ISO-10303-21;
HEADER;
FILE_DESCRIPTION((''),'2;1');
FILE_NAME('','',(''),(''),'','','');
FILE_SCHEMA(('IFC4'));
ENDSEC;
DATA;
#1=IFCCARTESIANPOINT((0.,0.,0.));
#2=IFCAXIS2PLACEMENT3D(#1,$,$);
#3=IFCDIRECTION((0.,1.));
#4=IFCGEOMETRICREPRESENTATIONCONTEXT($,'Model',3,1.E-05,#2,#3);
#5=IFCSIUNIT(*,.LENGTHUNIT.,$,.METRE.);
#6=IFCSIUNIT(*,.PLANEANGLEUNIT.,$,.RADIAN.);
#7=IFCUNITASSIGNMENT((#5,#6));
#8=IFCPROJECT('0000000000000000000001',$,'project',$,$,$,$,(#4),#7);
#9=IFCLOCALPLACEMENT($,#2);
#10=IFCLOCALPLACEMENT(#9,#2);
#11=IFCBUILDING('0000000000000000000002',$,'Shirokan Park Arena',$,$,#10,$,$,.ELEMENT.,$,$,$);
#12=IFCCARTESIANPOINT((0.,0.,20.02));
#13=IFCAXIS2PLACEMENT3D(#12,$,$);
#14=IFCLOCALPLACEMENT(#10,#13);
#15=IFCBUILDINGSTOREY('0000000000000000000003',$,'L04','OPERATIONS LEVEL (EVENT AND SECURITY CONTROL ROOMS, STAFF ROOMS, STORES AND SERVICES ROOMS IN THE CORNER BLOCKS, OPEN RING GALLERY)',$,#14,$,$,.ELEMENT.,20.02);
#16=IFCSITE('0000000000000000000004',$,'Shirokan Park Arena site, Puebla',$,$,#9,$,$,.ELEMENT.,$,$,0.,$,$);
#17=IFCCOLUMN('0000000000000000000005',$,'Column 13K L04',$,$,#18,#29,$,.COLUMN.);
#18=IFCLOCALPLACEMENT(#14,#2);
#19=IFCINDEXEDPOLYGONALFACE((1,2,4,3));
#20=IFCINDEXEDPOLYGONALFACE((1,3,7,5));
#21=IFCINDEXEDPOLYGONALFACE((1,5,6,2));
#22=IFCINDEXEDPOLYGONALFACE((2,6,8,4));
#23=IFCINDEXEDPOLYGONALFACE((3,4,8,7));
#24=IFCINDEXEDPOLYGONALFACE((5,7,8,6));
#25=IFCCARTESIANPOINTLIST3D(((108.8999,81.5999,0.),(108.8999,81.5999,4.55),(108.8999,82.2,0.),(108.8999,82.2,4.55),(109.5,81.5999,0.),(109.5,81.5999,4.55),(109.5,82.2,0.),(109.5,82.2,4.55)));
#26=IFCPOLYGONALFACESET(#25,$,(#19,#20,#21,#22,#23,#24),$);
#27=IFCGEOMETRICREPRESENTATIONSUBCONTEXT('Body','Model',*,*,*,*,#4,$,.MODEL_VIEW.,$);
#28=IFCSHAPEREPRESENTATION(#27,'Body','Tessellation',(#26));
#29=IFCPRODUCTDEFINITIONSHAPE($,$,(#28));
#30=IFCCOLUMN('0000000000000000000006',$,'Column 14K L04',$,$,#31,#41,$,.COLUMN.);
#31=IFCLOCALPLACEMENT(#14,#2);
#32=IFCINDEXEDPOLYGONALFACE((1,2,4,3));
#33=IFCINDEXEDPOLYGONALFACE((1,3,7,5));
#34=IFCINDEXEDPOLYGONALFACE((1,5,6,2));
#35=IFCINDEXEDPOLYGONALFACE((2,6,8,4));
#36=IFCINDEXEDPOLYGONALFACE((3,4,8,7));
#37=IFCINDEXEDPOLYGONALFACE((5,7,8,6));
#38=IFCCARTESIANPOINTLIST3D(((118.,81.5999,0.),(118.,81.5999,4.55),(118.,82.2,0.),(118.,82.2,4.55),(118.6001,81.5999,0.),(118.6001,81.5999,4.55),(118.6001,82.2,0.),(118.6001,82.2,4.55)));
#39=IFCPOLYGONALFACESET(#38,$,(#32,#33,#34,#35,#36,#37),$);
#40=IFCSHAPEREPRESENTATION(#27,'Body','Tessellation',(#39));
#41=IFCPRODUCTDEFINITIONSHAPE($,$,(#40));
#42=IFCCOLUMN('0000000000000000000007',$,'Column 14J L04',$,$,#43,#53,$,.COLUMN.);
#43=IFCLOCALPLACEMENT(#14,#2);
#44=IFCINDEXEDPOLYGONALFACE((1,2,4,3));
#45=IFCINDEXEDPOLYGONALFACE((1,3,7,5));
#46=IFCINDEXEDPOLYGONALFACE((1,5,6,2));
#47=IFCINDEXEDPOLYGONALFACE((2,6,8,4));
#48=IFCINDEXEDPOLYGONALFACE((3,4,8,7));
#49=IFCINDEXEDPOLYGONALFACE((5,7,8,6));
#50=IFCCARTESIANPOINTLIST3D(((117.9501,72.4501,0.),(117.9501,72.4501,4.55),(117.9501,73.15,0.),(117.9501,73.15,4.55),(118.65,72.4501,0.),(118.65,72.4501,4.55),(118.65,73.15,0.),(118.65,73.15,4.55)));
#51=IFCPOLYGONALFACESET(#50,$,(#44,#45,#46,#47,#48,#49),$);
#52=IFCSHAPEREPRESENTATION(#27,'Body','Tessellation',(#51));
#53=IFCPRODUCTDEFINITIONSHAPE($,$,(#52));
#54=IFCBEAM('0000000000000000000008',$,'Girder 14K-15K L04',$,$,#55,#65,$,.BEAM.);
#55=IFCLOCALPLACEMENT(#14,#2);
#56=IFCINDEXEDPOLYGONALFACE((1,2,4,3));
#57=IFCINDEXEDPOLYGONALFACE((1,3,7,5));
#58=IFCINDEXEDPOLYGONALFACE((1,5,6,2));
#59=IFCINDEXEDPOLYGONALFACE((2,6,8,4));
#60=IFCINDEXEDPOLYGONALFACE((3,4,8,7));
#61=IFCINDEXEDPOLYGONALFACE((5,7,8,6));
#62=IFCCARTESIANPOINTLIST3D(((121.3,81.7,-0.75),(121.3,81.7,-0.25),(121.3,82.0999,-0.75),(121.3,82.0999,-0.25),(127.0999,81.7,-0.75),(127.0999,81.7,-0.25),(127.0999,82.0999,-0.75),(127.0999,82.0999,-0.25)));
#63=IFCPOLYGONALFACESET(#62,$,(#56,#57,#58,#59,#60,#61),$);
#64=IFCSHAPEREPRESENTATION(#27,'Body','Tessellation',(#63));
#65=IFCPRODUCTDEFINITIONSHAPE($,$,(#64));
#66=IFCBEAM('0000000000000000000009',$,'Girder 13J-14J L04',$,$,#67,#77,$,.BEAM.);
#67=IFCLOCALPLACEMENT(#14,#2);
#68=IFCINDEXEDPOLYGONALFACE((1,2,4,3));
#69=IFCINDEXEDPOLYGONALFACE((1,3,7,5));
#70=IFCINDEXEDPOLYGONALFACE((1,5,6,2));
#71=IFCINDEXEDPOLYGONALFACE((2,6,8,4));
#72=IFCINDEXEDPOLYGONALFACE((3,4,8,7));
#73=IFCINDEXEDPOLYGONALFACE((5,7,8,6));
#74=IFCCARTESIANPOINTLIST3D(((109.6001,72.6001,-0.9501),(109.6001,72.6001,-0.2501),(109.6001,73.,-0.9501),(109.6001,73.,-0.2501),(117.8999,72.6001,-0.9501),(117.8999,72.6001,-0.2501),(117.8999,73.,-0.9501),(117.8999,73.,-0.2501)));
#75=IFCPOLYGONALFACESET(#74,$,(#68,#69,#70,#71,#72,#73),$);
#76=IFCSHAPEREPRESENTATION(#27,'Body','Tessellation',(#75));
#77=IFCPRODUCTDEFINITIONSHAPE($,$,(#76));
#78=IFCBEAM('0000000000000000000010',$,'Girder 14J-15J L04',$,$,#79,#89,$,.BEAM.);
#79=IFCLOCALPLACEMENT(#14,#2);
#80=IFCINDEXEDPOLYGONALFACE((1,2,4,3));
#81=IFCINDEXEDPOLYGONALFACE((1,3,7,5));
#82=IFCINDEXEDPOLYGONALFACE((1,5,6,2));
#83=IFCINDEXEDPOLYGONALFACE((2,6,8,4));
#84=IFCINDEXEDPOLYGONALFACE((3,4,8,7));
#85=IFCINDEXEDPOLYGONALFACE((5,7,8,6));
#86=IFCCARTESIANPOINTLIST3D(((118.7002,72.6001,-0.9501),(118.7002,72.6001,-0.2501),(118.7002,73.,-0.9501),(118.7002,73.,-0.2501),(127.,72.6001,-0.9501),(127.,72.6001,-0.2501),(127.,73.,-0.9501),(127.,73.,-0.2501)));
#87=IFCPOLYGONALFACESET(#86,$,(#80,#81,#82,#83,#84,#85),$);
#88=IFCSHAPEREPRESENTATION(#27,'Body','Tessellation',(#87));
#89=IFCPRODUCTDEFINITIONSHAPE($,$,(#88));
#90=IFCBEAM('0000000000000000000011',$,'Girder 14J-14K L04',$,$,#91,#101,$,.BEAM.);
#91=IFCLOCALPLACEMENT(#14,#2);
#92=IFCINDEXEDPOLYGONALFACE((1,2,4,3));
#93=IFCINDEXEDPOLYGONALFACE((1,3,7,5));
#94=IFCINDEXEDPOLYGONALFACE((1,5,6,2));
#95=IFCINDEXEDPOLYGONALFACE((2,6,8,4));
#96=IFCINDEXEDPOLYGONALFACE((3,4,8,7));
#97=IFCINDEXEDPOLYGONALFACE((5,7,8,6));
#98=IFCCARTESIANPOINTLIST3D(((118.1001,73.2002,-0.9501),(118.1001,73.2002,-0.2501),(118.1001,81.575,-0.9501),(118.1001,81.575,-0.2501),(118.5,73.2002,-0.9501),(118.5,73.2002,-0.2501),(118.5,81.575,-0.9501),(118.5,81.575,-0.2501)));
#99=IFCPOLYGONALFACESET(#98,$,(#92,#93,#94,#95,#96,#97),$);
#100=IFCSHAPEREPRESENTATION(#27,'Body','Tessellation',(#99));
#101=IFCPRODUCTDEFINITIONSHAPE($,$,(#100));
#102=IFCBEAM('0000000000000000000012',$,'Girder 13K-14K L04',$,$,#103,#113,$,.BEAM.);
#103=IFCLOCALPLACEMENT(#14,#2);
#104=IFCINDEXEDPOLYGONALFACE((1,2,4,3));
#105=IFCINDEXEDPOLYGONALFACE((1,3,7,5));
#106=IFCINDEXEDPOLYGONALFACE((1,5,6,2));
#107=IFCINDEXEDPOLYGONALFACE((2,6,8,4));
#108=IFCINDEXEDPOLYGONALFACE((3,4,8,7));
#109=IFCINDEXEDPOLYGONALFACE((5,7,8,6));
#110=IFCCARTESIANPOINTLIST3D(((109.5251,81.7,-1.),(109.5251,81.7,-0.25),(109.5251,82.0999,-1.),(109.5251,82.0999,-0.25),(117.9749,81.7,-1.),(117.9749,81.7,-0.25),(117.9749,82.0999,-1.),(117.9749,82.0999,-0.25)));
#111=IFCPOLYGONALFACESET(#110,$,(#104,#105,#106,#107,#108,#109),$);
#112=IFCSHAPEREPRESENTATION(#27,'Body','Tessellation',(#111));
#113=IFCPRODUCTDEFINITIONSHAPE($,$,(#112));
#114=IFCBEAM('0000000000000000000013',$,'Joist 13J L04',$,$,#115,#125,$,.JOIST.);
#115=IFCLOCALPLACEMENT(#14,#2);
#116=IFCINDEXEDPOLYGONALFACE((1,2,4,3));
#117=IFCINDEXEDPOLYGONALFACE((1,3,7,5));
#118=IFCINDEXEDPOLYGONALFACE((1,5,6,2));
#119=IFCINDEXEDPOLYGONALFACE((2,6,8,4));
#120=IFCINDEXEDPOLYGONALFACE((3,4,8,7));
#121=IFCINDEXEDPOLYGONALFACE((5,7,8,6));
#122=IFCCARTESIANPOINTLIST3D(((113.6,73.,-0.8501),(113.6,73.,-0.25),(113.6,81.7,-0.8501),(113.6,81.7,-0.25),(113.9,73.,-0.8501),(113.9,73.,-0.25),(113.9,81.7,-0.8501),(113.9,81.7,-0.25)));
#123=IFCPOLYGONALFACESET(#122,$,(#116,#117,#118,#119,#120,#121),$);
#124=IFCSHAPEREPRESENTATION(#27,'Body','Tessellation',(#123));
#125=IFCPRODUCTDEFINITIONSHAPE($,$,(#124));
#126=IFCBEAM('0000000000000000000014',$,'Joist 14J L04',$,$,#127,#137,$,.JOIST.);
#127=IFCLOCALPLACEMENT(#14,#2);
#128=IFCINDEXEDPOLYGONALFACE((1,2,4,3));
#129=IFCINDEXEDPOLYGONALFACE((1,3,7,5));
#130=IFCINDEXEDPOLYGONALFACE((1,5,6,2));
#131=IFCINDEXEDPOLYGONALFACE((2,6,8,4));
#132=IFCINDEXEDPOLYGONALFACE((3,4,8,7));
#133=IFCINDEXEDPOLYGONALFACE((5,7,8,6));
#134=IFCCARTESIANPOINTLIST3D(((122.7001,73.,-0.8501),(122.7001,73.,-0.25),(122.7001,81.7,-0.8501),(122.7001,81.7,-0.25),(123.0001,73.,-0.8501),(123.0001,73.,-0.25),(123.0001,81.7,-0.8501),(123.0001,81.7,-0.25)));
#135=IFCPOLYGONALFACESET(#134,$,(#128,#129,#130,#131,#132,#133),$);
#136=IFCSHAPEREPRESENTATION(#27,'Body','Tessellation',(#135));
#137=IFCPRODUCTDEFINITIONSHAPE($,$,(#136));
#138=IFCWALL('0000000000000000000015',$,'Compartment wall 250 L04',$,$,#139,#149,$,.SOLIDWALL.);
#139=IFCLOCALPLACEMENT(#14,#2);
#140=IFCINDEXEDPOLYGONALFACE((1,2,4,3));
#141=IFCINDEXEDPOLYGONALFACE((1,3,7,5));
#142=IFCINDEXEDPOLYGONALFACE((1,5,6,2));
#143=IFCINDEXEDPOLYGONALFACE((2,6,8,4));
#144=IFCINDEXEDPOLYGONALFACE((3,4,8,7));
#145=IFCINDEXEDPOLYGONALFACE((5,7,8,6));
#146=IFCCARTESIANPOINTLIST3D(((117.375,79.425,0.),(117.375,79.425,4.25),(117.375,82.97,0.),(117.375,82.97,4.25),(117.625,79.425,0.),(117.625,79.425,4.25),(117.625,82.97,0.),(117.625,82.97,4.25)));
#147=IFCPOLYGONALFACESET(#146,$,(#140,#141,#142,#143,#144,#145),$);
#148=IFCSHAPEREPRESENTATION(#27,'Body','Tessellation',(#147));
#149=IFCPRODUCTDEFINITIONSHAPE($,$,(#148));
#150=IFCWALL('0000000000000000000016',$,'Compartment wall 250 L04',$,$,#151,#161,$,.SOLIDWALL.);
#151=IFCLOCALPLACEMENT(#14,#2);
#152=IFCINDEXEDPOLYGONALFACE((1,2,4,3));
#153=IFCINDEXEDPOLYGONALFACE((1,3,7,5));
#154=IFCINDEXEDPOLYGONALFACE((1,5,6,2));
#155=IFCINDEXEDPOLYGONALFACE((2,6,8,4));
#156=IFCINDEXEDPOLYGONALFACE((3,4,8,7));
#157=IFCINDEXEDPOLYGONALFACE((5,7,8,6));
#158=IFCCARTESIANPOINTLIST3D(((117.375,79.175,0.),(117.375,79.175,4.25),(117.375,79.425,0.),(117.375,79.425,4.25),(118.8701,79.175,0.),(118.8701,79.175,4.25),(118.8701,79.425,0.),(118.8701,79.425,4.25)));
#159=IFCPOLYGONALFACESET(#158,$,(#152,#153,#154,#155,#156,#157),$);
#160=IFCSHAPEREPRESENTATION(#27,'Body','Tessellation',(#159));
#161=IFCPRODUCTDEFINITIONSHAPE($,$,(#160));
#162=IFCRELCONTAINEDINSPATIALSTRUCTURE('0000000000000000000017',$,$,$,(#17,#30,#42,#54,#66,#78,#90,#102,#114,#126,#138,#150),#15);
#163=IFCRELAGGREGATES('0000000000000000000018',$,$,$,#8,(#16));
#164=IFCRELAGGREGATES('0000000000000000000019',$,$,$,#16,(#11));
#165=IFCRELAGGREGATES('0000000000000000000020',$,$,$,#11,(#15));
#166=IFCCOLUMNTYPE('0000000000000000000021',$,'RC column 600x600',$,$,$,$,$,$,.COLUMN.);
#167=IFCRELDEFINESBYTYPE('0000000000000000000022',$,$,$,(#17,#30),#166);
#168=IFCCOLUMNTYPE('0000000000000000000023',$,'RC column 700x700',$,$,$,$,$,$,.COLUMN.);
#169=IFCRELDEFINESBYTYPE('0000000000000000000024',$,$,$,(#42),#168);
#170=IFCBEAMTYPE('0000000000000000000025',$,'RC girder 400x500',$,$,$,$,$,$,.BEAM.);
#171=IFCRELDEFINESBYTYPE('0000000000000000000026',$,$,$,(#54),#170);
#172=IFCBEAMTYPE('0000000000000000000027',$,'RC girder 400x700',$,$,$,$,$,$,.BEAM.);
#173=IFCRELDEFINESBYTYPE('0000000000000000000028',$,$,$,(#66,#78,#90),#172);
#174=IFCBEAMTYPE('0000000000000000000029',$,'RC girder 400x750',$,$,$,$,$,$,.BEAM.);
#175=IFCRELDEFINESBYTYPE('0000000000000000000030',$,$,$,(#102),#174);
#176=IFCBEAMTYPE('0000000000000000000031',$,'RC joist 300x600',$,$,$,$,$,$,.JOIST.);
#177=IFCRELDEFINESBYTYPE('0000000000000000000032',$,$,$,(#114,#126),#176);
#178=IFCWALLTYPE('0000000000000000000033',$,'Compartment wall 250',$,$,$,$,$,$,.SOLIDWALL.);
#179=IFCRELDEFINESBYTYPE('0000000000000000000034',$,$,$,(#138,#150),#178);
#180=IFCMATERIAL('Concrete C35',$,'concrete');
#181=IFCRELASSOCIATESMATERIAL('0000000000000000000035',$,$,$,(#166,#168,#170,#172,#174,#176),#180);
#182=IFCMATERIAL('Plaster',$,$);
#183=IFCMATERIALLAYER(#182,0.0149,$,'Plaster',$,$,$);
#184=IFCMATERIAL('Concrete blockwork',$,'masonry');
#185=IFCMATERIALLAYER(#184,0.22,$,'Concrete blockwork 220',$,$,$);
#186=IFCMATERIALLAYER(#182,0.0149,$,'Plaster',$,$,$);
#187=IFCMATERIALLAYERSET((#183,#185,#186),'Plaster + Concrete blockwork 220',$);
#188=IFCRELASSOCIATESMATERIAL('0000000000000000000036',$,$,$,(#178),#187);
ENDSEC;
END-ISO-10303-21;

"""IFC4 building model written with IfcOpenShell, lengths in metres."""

from ifc_helpers import new_model, si_unit, direction, frame, frame_2d, origin, origin_2d, place, context, subcontext, project, spatial, rectangle, extrude, material, layer, layer_set, material_profile, profile_set, type_object, element, save


model = new_model("IFC4")

# Units and contexts
model_context = context("Model", 3, precision=1e-05, world=origin(), true_north=direction((0.0, 1.0)))
body_context = subcontext(model_context, "Body", "Model", "MODEL_VIEW")
ifc_project = project(units=[si_unit("LENGTHUNIT", "METRE"), si_unit("PLANEANGLEUNIT", "RADIAN")], contexts=[model_context])

# Site, building, storey
site_placement = place(None, origin())
site = spatial("IfcSite", under=ifc_project, at=site_placement, Name="Shirokan Park Arena site, Puebla", CompositionType="ELEMENT", RefElevation=0.0)
building_placement = place(site_placement, origin())
building = spatial("IfcBuilding", under=site, at=building_placement, Name="Shirokan Park Arena", CompositionType="ELEMENT")
storey_placement = place(building_placement, frame((0.0, 0.0, 20.02)))
storey = spatial("IfcBuildingStorey", under=building, at=storey_placement, Name="L04", Description="OPERATIONS LEVEL (EVENT AND SECURITY CONTROL ROOMS, STAFF ROOMS, STORES AND SERVICES ROOMS IN THE CORNER BLOCKS, OPEN RING GALLERY)", CompositionType="ELEMENT", Elevation=20.02)

# Columns
ifc_material_1 = material(Name="Concrete C35", Category="concrete")
ifc_material_profile_1 = material_profile(ifc_material_1, rectangle(XDim=0.6001, YDim=0.6001, at=origin_2d()), Name="600x600")
ifc_profile_set_1 = profile_set([ifc_material_profile_1], Name="Concrete C35")
column_type_1 = type_object("IfcColumnType", Name="RC column 600x600", PredefinedType="COLUMN", material=ifc_profile_set_1)
for number, where, z_axis, x_axis, name in (
    (1, (109.2, 81.8999, 0.0), (0.0, 0.0, 1.0), (1.0, 0.0, 0.0), "Column 13K L04"),
    (2, (118.3, 81.8999, 0.0), (0.0, 0.0, 1.0), (1.0, 0.0, 0.0), "Column 14K L04"),
):
    element("IfcColumn", number, at=place(storey_placement, frame(where, z_axis=z_axis, x_axis=x_axis)), inside=storey, type_object=column_type_1, Name=name, PredefinedType="COLUMN", context=body_context, shape_type="SweptSolid", body=[
        extrude(rectangle(XDim=0.6001, YDim=0.6001, at=origin_2d()), origin(), (0.0, 0.0, 1.0), 4.55),
    ])
ifc_material_profile_2 = material_profile(ifc_material_1, rectangle(XDim=0.7, YDim=0.7, at=origin_2d()), Name="700x700")
ifc_profile_set_2 = profile_set([ifc_material_profile_2], Name="Concrete C35")
column_type_2 = type_object("IfcColumnType", Name="RC column 700x700", PredefinedType="COLUMN", material=ifc_profile_set_2)
column_placement = place(storey_placement, frame((118.3, 72.8, 0.0), z_axis=(0.0, 0.0, 1.0), x_axis=(1.0, 0.0, 0.0)))
element("IfcColumn", 3, at=column_placement, inside=storey, type_object=column_type_2, Name="Column 14J L04", PredefinedType="COLUMN", context=body_context, shape_type="SweptSolid", body=[
    extrude(rectangle(XDim=0.7, YDim=0.7, at=origin_2d()), origin(), (0.0, 0.0, 1.0), 4.55),
])

# Beams
ifc_material_profile_3 = material_profile(ifc_material_1, rectangle(XDim=0.3999, YDim=0.5, at=origin_2d()), Name="400x500")
ifc_profile_set_3 = profile_set([ifc_material_profile_3], Name="Concrete C35")
beam_type_1 = type_object("IfcBeamType", Name="RC girder 400x500", PredefinedType="BEAM", material=ifc_profile_set_3)
beam_1_placement = place(storey_placement, frame((121.3, 81.8999, -0.5), z_axis=(1.0, 0.0, 0.0), x_axis=(0.0, 1.0, 0.0)))
element("IfcBeam", 4, at=beam_1_placement, inside=storey, type_object=beam_type_1, Name="Girder 14K-15K L04", PredefinedType="BEAM", context=body_context, shape_type="SweptSolid", body=[
    extrude(rectangle(XDim=0.3999, YDim=0.5, at=origin_2d()), origin(), (0.0, 0.0, 1.0), 5.7998),
])
ifc_material_profile_4 = material_profile(ifc_material_1, rectangle(XDim=0.3999, YDim=0.7, at=origin_2d()), Name="400x700")
ifc_profile_set_4 = profile_set([ifc_material_profile_4], Name="Concrete C35")
beam_type_2 = type_object("IfcBeamType", Name="RC girder 400x700", PredefinedType="BEAM", material=ifc_profile_set_4)
for number, where, z_axis, x_axis, name in (
    (5, (109.6001, 72.8, -0.6001), (1.0, 0.0, 0.0), (0.0, 1.0, 0.0), "Girder 13J-14J L04"),
    (6, (118.7002, 72.8, -0.6001), (1.0, 0.0, 0.0), (0.0, 1.0, 0.0), "Girder 14J-15J L04"),
):
    element("IfcBeam", number, at=place(storey_placement, frame(where, z_axis=z_axis, x_axis=x_axis)), inside=storey, type_object=beam_type_2, Name=name, PredefinedType="BEAM", context=body_context, shape_type="SweptSolid", body=[
        extrude(rectangle(XDim=0.3999, YDim=0.7, at=origin_2d()), origin(), (0.0, 0.0, 1.0), 8.2998),
    ])
beam_2_placement = place(storey_placement, frame((118.3, 73.2002, -0.6001), z_axis=(0.0, 1.0, 0.0), x_axis=(-1.0, 0.0, 0.0)))
element("IfcBeam", 7, at=beam_2_placement, inside=storey, type_object=beam_type_2, Name="Girder 14J-14K L04", PredefinedType="BEAM", context=body_context, shape_type="SweptSolid", body=[
    extrude(rectangle(XDim=0.3999, YDim=0.7, at=origin_2d()), origin(), (0.0, 0.0, 1.0), 8.3748),
])
ifc_material_profile_5 = material_profile(ifc_material_1, rectangle(XDim=0.3999, YDim=0.75, at=origin_2d()), Name="400x750")
ifc_profile_set_5 = profile_set([ifc_material_profile_5], Name="Concrete C35")
beam_type_3 = type_object("IfcBeamType", Name="RC girder 400x750", PredefinedType="BEAM", material=ifc_profile_set_5)
beam_3_placement = place(storey_placement, frame((109.5251, 81.8999, -0.625), z_axis=(1.0, 0.0, 0.0), x_axis=(0.0, 1.0, 0.0)))
element("IfcBeam", 8, at=beam_3_placement, inside=storey, type_object=beam_type_3, Name="Girder 13K-14K L04", PredefinedType="BEAM", context=body_context, shape_type="SweptSolid", body=[
    extrude(rectangle(XDim=0.3999, YDim=0.75, at=origin_2d()), origin(), (0.0, 0.0, 1.0), 8.4497),
])
ifc_material_profile_6 = material_profile(ifc_material_1, rectangle(XDim=0.3, YDim=0.6001, at=origin_2d()), Name="300x600")
ifc_profile_set_6 = profile_set([ifc_material_profile_6], Name="Concrete C35")
beam_type_4 = type_object("IfcBeamType", Name="RC joist 300x600", PredefinedType="JOIST", material=ifc_profile_set_6)
for number, where, z_axis, x_axis, name in (
    (9, (113.75, 73.0, -0.55), (0.0, 1.0, 0.0), (-1.0, 0.0, 0.0), "Joist 13J L04"),
    (10, (122.8501, 73.0, -0.55), (0.0, 1.0, 0.0), (-1.0, 0.0, 0.0), "Joist 14J L04"),
):
    element("IfcBeam", number, at=place(storey_placement, frame(where, z_axis=z_axis, x_axis=x_axis)), inside=storey, type_object=beam_type_4, Name=name, PredefinedType="JOIST", context=body_context, shape_type="SweptSolid", body=[
        extrude(rectangle(XDim=0.3, YDim=0.6001, at=origin_2d()), origin(), (0.0, 0.0, 1.0), 8.7),
    ])

# Walls
ifc_material_2 = material(Name="Plaster")
ifc_layer_1 = layer(ifc_material_2, 0.0149, Name="Plaster")
ifc_material_3 = material(Name="Concrete blockwork", Category="masonry")
ifc_layer_2 = layer(ifc_material_3, 0.22, Name="Concrete blockwork 220")
ifc_layer_3 = layer(ifc_material_2, 0.0149, Name="Plaster")
ifc_layer_set_1 = layer_set([ifc_layer_1, ifc_layer_2, ifc_layer_3], Name="Plaster + Concrete blockwork 220")
wall_type_1 = type_object("IfcWallType", Name="Compartment wall 250", PredefinedType="SOLIDWALL", material=ifc_layer_set_1)
wall_1_placement = place(storey_placement, frame((117.5, 79.425, 0.0), z_axis=(0.0, 0.0, 1.0), x_axis=(0.0, 1.0, 0.0)))
element("IfcWall", 11, at=wall_1_placement, inside=storey, type_object=wall_type_1, Name="Compartment wall 250 L04", PredefinedType="SOLIDWALL", context=body_context, shape_type="SweptSolid", body=[
    extrude(rectangle(XDim=3.5449, YDim=0.25, at=frame_2d((1.7725, 0.0))), origin(), (0.0, 0.0, 1.0), 4.25),
])
wall_2_placement = place(storey_placement, frame((118.8701, 79.3, 0.0), z_axis=(0.0, 0.0, 1.0), x_axis=(-1.0, 0.0, 0.0)))
element("IfcWall", 12, at=wall_2_placement, inside=storey, type_object=wall_type_1, Name="Compartment wall 250 L04", PredefinedType="SOLIDWALL", context=body_context, shape_type="SweptSolid", body=[
    extrude(rectangle(XDim=1.4951, YDim=0.25, at=frame_2d((0.7476, 0.0))), origin(), (0.0, 0.0, 1.0), 4.25),
])

save(model, "model.ifc")
